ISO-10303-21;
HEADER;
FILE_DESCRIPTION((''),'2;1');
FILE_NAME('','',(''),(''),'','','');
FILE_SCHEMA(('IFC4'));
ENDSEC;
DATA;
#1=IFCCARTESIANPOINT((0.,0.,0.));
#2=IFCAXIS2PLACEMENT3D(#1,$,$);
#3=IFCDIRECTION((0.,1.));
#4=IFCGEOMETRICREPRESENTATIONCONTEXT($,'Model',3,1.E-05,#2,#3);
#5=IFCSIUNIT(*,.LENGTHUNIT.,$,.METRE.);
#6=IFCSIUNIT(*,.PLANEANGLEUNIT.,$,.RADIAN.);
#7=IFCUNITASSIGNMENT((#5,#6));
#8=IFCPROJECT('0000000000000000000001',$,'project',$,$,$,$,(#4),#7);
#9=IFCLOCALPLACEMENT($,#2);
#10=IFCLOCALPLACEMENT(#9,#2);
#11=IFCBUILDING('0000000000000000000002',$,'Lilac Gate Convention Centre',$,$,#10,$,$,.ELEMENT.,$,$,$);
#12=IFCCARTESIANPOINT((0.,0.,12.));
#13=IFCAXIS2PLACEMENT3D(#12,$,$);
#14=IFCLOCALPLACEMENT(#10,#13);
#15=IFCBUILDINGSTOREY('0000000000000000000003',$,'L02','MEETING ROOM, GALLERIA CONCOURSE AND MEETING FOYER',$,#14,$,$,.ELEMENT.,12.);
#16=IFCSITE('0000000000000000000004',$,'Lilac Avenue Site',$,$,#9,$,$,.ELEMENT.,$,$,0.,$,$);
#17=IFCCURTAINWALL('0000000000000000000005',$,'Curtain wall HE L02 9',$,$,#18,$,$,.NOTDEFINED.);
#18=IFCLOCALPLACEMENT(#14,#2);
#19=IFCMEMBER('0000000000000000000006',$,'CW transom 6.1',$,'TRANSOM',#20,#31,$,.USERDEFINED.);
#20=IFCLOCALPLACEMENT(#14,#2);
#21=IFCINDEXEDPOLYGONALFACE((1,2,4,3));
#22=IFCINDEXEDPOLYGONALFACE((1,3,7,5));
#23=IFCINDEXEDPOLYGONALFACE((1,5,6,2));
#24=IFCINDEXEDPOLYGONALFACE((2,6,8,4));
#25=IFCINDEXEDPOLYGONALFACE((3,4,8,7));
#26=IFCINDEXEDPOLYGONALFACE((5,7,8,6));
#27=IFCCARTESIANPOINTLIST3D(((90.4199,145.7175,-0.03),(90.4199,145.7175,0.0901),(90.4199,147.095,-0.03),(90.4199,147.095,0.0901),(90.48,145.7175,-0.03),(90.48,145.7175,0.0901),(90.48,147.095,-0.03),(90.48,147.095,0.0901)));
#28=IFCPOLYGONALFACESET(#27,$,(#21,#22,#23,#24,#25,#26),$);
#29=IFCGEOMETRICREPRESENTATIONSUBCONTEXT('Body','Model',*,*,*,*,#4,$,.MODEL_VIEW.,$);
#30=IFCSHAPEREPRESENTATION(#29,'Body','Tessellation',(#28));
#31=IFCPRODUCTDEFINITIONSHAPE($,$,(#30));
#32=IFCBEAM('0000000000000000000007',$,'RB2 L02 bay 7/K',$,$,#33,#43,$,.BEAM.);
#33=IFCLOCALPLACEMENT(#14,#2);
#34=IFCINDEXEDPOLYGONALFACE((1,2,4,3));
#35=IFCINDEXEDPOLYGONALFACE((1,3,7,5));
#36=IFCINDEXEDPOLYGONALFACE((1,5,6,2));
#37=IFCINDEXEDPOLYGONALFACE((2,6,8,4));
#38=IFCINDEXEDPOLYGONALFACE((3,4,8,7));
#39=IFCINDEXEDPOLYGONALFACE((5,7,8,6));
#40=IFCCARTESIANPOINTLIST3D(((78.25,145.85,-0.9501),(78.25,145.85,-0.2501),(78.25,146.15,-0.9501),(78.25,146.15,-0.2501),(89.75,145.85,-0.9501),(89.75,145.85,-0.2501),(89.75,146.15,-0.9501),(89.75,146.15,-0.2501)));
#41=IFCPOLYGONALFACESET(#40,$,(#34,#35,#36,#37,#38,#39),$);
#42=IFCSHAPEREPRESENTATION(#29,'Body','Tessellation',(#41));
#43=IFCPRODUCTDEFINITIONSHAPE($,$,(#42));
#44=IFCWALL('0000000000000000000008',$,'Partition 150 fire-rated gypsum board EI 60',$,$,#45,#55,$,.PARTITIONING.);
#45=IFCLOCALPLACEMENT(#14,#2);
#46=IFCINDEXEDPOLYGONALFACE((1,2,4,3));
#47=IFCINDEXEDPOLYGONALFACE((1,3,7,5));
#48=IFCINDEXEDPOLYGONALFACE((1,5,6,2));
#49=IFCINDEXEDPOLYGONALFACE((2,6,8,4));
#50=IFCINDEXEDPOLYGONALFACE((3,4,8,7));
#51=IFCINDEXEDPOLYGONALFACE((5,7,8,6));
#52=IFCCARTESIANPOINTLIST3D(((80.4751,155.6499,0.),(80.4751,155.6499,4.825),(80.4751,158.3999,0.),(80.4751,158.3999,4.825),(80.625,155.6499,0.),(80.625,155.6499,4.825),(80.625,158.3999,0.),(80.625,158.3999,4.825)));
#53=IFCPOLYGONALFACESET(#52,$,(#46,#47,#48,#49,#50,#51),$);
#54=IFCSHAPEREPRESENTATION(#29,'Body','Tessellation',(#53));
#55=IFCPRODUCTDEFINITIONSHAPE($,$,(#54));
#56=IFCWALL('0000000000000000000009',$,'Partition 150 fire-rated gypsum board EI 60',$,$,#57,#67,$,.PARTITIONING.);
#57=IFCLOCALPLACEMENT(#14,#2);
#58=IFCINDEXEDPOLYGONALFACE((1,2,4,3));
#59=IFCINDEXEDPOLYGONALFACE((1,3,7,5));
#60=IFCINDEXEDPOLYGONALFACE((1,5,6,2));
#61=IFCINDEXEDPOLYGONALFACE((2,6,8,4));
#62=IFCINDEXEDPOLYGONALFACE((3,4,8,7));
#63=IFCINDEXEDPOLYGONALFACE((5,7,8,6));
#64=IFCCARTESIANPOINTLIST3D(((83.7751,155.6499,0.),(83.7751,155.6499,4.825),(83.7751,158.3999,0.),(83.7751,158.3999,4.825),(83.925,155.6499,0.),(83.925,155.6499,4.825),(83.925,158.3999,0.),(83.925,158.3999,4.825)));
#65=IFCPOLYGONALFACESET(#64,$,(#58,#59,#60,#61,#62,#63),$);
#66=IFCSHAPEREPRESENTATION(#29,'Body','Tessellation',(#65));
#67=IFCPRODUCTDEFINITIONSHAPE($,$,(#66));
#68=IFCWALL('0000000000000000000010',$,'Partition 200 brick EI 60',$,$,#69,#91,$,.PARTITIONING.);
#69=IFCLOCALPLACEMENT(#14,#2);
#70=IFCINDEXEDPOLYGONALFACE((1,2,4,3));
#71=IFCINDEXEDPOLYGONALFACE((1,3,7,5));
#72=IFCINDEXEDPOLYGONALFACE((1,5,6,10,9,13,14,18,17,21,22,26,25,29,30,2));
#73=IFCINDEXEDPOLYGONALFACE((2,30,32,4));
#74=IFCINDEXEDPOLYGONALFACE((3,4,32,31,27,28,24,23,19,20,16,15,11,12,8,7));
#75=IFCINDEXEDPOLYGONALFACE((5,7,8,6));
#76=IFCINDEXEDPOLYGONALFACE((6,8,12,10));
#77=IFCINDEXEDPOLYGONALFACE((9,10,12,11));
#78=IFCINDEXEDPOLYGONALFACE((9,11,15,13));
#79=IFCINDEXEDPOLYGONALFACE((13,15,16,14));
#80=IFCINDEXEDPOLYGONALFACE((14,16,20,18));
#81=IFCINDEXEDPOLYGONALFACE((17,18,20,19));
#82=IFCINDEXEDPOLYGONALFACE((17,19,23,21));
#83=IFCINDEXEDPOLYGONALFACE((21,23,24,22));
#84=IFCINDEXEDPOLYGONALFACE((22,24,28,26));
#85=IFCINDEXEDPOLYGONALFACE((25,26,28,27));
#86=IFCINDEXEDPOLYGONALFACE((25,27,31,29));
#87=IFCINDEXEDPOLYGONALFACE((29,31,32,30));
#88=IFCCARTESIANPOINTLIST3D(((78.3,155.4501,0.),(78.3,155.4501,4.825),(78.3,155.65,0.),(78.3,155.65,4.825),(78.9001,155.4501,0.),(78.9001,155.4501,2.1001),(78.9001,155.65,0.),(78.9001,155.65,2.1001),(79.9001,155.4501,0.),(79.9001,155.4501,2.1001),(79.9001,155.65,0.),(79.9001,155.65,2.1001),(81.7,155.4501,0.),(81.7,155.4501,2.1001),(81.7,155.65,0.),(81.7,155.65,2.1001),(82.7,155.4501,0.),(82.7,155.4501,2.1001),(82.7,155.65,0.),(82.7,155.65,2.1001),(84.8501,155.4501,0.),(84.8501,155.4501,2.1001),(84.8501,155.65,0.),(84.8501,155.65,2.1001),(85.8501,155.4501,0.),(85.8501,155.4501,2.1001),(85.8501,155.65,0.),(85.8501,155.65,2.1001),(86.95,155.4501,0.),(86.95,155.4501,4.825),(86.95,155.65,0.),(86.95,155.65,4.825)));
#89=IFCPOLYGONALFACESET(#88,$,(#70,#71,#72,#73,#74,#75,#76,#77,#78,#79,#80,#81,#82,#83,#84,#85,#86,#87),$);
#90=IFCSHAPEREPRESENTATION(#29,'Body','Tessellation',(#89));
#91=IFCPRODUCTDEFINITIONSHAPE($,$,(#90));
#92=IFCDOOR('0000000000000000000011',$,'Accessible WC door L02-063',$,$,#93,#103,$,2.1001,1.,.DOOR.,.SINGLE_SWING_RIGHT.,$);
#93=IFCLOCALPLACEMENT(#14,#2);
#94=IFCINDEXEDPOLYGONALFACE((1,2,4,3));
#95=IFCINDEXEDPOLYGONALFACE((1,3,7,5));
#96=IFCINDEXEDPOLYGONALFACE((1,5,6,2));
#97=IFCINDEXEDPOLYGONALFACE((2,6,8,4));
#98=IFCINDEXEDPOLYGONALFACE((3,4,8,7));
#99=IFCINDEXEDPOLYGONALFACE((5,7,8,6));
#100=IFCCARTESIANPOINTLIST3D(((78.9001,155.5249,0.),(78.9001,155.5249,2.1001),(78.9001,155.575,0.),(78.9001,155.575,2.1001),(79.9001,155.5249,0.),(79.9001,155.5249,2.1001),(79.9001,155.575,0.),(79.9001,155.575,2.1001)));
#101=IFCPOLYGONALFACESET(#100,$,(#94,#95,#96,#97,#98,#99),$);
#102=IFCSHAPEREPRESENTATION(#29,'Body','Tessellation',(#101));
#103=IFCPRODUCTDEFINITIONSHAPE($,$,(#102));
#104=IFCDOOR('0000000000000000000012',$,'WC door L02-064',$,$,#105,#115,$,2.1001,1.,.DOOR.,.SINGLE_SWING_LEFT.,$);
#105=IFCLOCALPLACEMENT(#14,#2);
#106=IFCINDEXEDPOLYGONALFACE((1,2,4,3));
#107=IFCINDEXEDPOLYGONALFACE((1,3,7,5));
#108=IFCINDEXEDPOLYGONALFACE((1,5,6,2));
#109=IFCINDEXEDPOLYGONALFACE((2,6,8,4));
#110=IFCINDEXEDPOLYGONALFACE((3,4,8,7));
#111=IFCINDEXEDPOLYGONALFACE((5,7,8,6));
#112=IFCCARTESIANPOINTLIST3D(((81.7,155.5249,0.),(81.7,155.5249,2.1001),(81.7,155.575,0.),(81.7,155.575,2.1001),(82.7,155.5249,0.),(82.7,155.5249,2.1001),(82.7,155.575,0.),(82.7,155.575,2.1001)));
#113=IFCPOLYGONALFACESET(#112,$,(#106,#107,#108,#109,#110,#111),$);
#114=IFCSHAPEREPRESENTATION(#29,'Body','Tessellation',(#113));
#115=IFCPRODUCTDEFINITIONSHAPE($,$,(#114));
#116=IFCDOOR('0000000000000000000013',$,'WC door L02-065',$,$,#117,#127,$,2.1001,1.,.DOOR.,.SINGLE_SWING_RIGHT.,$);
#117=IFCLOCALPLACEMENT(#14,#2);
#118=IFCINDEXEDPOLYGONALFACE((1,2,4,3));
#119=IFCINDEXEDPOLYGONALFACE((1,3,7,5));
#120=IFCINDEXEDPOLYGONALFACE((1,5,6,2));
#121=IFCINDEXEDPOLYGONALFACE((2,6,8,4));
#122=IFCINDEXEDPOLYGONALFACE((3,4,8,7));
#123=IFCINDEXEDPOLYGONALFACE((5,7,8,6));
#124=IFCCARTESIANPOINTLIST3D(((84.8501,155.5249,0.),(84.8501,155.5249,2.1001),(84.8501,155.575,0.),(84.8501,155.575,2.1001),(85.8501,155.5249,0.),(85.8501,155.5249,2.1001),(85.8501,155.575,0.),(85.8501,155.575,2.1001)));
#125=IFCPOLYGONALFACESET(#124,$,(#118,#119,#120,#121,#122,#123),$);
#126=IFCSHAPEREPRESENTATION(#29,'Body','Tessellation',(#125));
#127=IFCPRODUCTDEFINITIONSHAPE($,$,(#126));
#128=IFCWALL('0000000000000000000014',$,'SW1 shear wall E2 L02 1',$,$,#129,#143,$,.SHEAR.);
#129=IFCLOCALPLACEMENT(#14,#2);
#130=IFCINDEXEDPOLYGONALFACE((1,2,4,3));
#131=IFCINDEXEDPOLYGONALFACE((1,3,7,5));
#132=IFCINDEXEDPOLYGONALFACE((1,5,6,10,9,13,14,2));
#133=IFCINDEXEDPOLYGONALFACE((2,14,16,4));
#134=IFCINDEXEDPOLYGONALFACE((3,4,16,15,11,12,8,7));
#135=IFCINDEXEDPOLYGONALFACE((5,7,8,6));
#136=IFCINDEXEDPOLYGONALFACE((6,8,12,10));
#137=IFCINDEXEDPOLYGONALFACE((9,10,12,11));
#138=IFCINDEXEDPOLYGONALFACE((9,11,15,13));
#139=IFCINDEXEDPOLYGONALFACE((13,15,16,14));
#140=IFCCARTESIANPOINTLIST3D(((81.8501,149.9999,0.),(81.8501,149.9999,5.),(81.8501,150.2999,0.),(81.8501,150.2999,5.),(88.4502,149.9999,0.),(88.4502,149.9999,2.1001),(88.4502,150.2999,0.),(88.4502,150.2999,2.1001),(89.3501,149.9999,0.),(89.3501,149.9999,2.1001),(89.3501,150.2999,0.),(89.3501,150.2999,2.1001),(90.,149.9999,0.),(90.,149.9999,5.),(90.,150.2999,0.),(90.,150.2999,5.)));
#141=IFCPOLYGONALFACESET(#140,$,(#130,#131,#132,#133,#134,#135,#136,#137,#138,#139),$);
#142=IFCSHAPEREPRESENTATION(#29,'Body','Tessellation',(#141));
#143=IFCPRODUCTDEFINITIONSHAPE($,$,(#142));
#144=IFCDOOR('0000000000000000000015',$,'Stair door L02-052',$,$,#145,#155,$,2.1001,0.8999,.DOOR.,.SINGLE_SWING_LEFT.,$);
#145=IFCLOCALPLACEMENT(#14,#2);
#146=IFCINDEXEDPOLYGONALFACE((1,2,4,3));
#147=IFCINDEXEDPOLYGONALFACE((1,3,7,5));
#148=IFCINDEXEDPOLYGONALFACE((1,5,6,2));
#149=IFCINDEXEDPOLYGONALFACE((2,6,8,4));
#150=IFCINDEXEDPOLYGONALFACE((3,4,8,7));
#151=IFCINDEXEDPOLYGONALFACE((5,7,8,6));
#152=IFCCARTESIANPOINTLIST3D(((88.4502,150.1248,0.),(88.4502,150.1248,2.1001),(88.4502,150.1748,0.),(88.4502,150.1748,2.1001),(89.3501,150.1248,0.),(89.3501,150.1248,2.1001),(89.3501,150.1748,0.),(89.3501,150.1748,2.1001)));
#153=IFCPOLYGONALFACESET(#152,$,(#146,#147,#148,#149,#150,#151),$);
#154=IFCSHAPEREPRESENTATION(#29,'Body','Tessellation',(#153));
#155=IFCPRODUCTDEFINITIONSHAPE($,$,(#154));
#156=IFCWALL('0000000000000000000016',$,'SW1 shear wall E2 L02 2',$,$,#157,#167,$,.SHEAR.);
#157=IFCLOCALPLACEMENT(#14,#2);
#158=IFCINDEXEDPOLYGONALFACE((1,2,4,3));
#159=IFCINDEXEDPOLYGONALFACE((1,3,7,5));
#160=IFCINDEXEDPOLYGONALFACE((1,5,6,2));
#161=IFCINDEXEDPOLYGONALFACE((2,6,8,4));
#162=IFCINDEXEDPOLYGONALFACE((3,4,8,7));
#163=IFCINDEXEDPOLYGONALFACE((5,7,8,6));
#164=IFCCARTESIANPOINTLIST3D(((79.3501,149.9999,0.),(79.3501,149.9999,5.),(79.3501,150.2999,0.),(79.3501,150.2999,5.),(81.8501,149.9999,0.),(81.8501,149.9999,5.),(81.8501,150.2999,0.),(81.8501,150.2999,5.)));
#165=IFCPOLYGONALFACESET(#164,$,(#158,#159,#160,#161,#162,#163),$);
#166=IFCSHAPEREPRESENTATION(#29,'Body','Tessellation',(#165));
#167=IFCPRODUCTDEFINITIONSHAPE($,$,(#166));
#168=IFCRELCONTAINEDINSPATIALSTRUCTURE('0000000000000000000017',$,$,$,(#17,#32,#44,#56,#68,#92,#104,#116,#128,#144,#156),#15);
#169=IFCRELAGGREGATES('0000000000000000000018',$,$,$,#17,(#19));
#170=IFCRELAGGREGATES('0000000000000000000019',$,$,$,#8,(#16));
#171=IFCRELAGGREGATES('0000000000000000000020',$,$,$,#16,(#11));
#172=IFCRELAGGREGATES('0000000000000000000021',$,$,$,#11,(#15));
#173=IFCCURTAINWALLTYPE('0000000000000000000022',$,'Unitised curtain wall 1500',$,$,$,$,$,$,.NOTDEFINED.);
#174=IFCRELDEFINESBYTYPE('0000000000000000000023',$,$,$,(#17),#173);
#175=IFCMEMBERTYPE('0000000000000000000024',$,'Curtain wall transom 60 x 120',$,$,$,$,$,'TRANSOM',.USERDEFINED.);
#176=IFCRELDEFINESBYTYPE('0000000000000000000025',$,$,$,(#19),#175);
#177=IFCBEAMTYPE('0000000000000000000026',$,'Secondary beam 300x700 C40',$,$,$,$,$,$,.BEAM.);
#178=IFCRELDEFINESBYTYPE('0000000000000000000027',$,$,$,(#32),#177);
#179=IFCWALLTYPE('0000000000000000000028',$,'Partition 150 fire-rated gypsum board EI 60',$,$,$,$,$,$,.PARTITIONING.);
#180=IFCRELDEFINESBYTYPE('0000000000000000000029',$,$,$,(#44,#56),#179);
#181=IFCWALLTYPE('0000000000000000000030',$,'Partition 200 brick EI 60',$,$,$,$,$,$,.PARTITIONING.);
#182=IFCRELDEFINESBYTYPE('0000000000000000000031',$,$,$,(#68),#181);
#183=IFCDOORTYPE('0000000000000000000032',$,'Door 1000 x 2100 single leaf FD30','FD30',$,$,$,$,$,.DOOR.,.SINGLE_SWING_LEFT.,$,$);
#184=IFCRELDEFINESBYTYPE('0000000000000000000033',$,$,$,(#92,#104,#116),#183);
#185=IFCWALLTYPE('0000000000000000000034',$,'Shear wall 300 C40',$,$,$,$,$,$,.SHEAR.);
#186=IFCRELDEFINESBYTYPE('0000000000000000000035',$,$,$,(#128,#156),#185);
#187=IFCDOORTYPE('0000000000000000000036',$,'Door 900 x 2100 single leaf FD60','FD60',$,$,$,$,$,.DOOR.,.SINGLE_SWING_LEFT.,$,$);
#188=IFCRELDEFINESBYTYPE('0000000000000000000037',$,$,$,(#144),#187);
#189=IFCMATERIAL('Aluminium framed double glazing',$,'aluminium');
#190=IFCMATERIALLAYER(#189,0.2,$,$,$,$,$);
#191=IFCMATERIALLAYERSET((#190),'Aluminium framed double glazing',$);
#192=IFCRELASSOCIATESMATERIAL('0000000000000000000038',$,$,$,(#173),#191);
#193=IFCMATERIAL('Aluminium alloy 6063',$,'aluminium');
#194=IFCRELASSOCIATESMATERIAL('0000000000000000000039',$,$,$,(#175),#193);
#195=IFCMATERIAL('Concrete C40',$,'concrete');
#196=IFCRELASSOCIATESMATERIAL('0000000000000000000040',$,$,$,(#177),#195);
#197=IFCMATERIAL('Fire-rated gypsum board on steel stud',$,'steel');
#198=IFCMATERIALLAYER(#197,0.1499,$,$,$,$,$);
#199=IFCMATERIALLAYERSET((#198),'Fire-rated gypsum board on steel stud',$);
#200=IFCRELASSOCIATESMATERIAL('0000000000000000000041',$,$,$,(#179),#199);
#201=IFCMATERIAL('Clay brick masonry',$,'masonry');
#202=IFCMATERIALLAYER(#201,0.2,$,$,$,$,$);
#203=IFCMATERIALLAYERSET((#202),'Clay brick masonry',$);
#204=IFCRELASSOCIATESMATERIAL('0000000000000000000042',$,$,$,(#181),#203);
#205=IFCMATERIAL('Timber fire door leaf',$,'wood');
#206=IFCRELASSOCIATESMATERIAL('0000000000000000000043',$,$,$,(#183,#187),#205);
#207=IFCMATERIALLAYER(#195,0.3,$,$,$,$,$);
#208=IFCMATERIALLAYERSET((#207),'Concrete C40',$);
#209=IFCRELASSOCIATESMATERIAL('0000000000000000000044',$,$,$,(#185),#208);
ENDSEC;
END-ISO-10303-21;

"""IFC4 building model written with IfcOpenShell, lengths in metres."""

from ifc_helpers import new_model, si_unit, direction, frame, frame_2d, origin, origin_2d, place, context, subcontext, project, spatial, rectangle, extrude, material, layer, layer_set, material_profile, profile_set, type_object, element, fill, aggregate, save


model = new_model("IFC4")

# Units and contexts
model_context = context("Model", 3, precision=1e-05, world=origin(), true_north=direction((0.0, 1.0)))
body_context = subcontext(model_context, "Body", "Model", "MODEL_VIEW")
ifc_project = project(units=[si_unit("LENGTHUNIT", "METRE"), si_unit("PLANEANGLEUNIT", "RADIAN")], contexts=[model_context])

# Site, building, storey
site_placement = place(None, origin())
site = spatial("IfcSite", under=ifc_project, at=site_placement, Name="Lilac Avenue Site", CompositionType="ELEMENT", RefElevation=0.0)
building_placement = place(site_placement, origin())
building = spatial("IfcBuilding", under=site, at=building_placement, Name="Lilac Gate Convention Centre", CompositionType="ELEMENT")
storey_placement = place(building_placement, frame((0.0, 0.0, 12.0)))
storey = spatial("IfcBuildingStorey", under=building, at=storey_placement, Name="L02", Description="MEETING ROOM, GALLERIA CONCOURSE AND MEETING FOYER", CompositionType="ELEMENT", Elevation=12.0)

# Curtain wall, member
ifc_material_1 = material(Name="Aluminium framed double glazing", Category="aluminium")
ifc_layer_1 = layer(ifc_material_1, 0.2)
ifc_layer_set_1 = layer_set([ifc_layer_1], Name="Aluminium framed double glazing")
curtain_wall_type = type_object("IfcCurtainWallType", Name="Unitised curtain wall 1500", PredefinedType="NOTDEFINED", material=ifc_layer_set_1)
curtain_wall_placement = place(storey_placement, origin())
curtain_wall = element("IfcCurtainWall", 1, at=curtain_wall_placement, inside=storey, type_object=curtain_wall_type, Name="Curtain wall HE L02 9", PredefinedType="NOTDEFINED")
ifc_material_2 = material(Name="Aluminium alloy 6063", Category="aluminium")
ifc_material_profile_1 = material_profile(ifc_material_2, rectangle(XDim=0.0601, YDim=0.1201, at=origin_2d()), Name="Curtain wall transom 60 x 120")
ifc_profile_set_1 = profile_set([ifc_material_profile_1], Name="Aluminium alloy 6063")
member_type = type_object("IfcMemberType", Name="Curtain wall transom 60 x 120", ElementType="TRANSOM", PredefinedType="USERDEFINED", material=ifc_profile_set_1)
member_placement = place(storey_placement, frame((90.45, 145.7175, 0.03), z_axis=(0.0, 1.0, 0.0), x_axis=(-1.0, 0.0, 0.0)))
member = element("IfcMember", 2, at=member_placement, type_object=member_type, Name="CW transom 6.1", ObjectType="TRANSOM", PredefinedType="USERDEFINED", context=body_context, shape_type="SweptSolid", body=[
    extrude(rectangle(XDim=0.0601, YDim=0.1201, at=origin_2d()), origin(), (0.0, 0.0, 1.0), 1.3774),
])
aggregate(curtain_wall, [member])

# Beam
ifc_material_3 = material(Name="Concrete C40", Category="concrete")
ifc_material_profile_2 = material_profile(ifc_material_3, rectangle(XDim=0.3, YDim=0.7, at=origin_2d()), Name="RC 300x700")
ifc_profile_set_2 = profile_set([ifc_material_profile_2], Name="Concrete C40")
beam_type = type_object("IfcBeamType", Name="Secondary beam 300x700 C40", PredefinedType="BEAM", material=ifc_profile_set_2)
beam_placement = place(storey_placement, frame((78.25, 146.0, -0.6001), z_axis=(1.0, 0.0, 0.0), x_axis=(0.0, 1.0, 0.0)))
element("IfcBeam", 3, at=beam_placement, inside=storey, type_object=beam_type, Name="RB2 L02 bay 7/K", PredefinedType="BEAM", context=body_context, shape_type="SweptSolid", body=[
    extrude(rectangle(XDim=0.3, YDim=0.7, at=origin_2d()), origin(), (0.0, 0.0, 1.0), 11.5),
])

# Walls
ifc_material_4 = material(Name="Fire-rated gypsum board on steel stud", Category="steel")
ifc_layer_2 = layer(ifc_material_4, 0.1499)
ifc_layer_set_2 = layer_set([ifc_layer_2], Name="Fire-rated gypsum board on steel stud")
wall_type_1 = type_object("IfcWallType", Name="Partition 150 fire-rated gypsum board EI 60", PredefinedType="PARTITIONING", material=ifc_layer_set_2)
for number, where, z_axis, x_axis, name in (
    (4, (80.55, 155.6499, 0.0), (0.0, 0.0, 1.0), (0.0, 1.0, 0.0), "Partition 150 fire-rated gypsum board EI 60"),
    (5, (83.8501, 155.6499, 0.0), (0.0, 0.0, 1.0), (0.0, 1.0, 0.0), "Partition 150 fire-rated gypsum board EI 60"),
):
    element("IfcWall", number, at=place(storey_placement, frame(where, z_axis=z_axis, x_axis=x_axis)), inside=storey, type_object=wall_type_1, Name=name, PredefinedType="PARTITIONING", context=body_context, shape_type="SweptSolid", body=[
        extrude(rectangle(XDim=2.75, YDim=0.1499, at=frame_2d((1.375, 0.0))), origin(), (0.0, 0.0, 1.0), 4.825),
    ])

# Wall, openings, doors
ifc_material_5 = material(Name="Clay brick masonry", Category="masonry")
ifc_layer_3 = layer(ifc_material_5, 0.2)
ifc_layer_set_3 = layer_set([ifc_layer_3], Name="Clay brick masonry")
wall_type_2 = type_object("IfcWallType", Name="Partition 200 brick EI 60", PredefinedType="PARTITIONING", material=ifc_layer_set_3)
wall_1_placement = place(storey_placement, frame((78.3, 155.55, 0.0), z_axis=(0.0, 0.0, 1.0), x_axis=(1.0, 0.0, 0.0)))
wall_1 = element("IfcWall", 6, at=wall_1_placement, inside=storey, type_object=wall_type_2, Name="Partition 200 brick EI 60", PredefinedType="PARTITIONING", context=body_context, shape_type="SweptSolid", body=[
    extrude(rectangle(XDim=8.6499, YDim=0.2, at=frame_2d((4.325, 0.0))), origin(), (0.0, 0.0, 1.0), 4.825),
])
opening_1_placement = place(wall_1_placement, frame((0.6001, 0.0, 0.0)))
opening_1 = element("IfcOpeningElement", 7, at=opening_1_placement, cuts=wall_1, PredefinedType="OPENING", context=body_context, shape_type="SweptSolid", body=[
    extrude(rectangle(XDim=1.0, YDim=2.1001, at=frame_2d((0.5, 1.05))), frame((0.0, 0.1099, 0.0), z_axis=(0.0, -1.0, 0.0), x_axis=(1.0, 0.0, 0.0)), (0.0, 0.0, 1.0), 0.22),
])
opening_2_placement = place(wall_1_placement, frame((3.3999, 0.0, 0.0)))
opening_2 = element("IfcOpeningElement", 8, at=opening_2_placement, cuts=wall_1, PredefinedType="OPENING", context=body_context, shape_type="SweptSolid", body=[
    extrude(rectangle(XDim=1.0, YDim=2.1001, at=frame_2d((0.5, 1.05))), frame((0.0, 0.1099, 0.0), z_axis=(0.0, -1.0, 0.0), x_axis=(1.0, 0.0, 0.0)), (0.0, 0.0, 1.0), 0.22),
])
opening_3_placement = place(wall_1_placement, frame((6.55, 0.0, 0.0)))
opening_3 = element("IfcOpeningElement", 9, at=opening_3_placement, cuts=wall_1, PredefinedType="OPENING", context=body_context, shape_type="SweptSolid", body=[
    extrude(rectangle(XDim=1.0, YDim=2.1001, at=frame_2d((0.5, 1.05))), frame((0.0, 0.1099, 0.0), z_axis=(0.0, -1.0, 0.0), x_axis=(1.0, 0.0, 0.0)), (0.0, 0.0, 1.0), 0.22),
])
ifc_material_6 = material(Name="Timber fire door leaf", Category="wood")
door_type_1 = type_object("IfcDoorType", Name="Door 1000 x 2100 single leaf FD30", Description="FD30", OperationType="SINGLE_SWING_LEFT", PredefinedType="DOOR", material=ifc_material_6)
door_1_placement = place(opening_1_placement, origin())
door_1 = element("IfcDoor", 10, at=door_1_placement, inside=storey, type_object=door_type_1, Name="Accessible WC door L02-063", OperationType="SINGLE_SWING_RIGHT", OverallHeight=2.1001, OverallWidth=1.0, PredefinedType="DOOR", context=body_context, shape_type="SweptSolid", body=[
    extrude(rectangle(XDim=1.0, YDim=2.1001, at=frame_2d((0.5, 1.05))), frame((0.0, 0.0249, 0.0), z_axis=(0.0, -1.0, 0.0), x_axis=(1.0, 0.0, 0.0)), (0.0, 0.0, 1.0), 0.05),
])
fill(opening_1, door_1)
door_2_placement = place(opening_2_placement, origin())
door_2 = element("IfcDoor", 11, at=door_2_placement, inside=storey, type_object=door_type_1, Name="WC door L02-064", OperationType="SINGLE_SWING_LEFT", OverallHeight=2.1001, OverallWidth=1.0, PredefinedType="DOOR", context=body_context, shape_type="SweptSolid", body=[
    extrude(rectangle(XDim=1.0, YDim=2.1001, at=frame_2d((0.5, 1.05))), frame((0.0, 0.0249, 0.0), z_axis=(0.0, -1.0, 0.0), x_axis=(1.0, 0.0, 0.0)), (0.0, 0.0, 1.0), 0.05),
])
fill(opening_2, door_2)
door_3_placement = place(opening_3_placement, origin())
door_3 = element("IfcDoor", 12, at=door_3_placement, inside=storey, type_object=door_type_1, Name="WC door L02-065", OperationType="SINGLE_SWING_RIGHT", OverallHeight=2.1001, OverallWidth=1.0, PredefinedType="DOOR", context=body_context, shape_type="SweptSolid", body=[
    extrude(rectangle(XDim=1.0, YDim=2.1001, at=frame_2d((0.5, 1.05))), frame((0.0, 0.0249, 0.0), z_axis=(0.0, -1.0, 0.0), x_axis=(1.0, 0.0, 0.0)), (0.0, 0.0, 1.0), 0.05),
])
fill(opening_3, door_3)

# Wall, opening, door
ifc_layer_4 = layer(ifc_material_3, 0.3)
ifc_layer_set_4 = layer_set([ifc_layer_4], Name="Concrete C40")
wall_type_3 = type_object("IfcWallType", Name="Shear wall 300 C40", PredefinedType="SHEAR", material=ifc_layer_set_4)
wall_2_placement = place(storey_placement, frame((90.0, 150.1499, 0.0), z_axis=(0.0, 0.0, 1.0), x_axis=(-1.0, 0.0, 0.0)))
wall_2 = element("IfcWall", 13, at=wall_2_placement, inside=storey, type_object=wall_type_3, Name="SW1 shear wall E2 L02 1", PredefinedType="SHEAR", context=body_context, shape_type="SweptSolid", body=[
    extrude(rectangle(XDim=8.1499, YDim=0.3, at=frame_2d((4.075, 0.0))), origin(), (0.0, 0.0, 1.0), 5.0),
])
opening_4_placement = place(wall_2_placement, frame((0.6499, 0.0, 0.0)))
opening_4 = element("IfcOpeningElement", 14, at=opening_4_placement, cuts=wall_2, PredefinedType="OPENING", context=body_context, shape_type="SweptSolid", body=[
    extrude(rectangle(XDim=0.8999, YDim=2.1001, at=frame_2d((0.45, 1.05))), frame((0.0, 0.1599, 0.0), z_axis=(0.0, -1.0, 0.0), x_axis=(1.0, 0.0, 0.0)), (0.0, 0.0, 1.0), 0.3201),
])
door_type_2 = type_object("IfcDoorType", Name="Door 900 x 2100 single leaf FD60", Description="FD60", OperationType="SINGLE_SWING_LEFT", PredefinedType="DOOR", material=ifc_material_6)
door_4_placement = place(opening_4_placement, frame((0.8999, 0.0, 0.0), z_axis=(0.0, 0.0, 1.0), x_axis=(-1.0, 0.0, 0.0)))
door_4 = element("IfcDoor", 15, at=door_4_placement, inside=storey, type_object=door_type_2, Name="Stair door L02-052", OperationType="SINGLE_SWING_LEFT", OverallHeight=2.1001, OverallWidth=0.8999, PredefinedType="DOOR", context=body_context, shape_type="SweptSolid", body=[
    extrude(rectangle(XDim=0.8999, YDim=2.1001, at=frame_2d((0.45, 1.05))), frame((0.0, 0.0249, 0.0), z_axis=(0.0, -1.0, 0.0), x_axis=(1.0, 0.0, 0.0)), (0.0, 0.0, 1.0), 0.05),
])
fill(opening_4, door_4)

# Wall
wall_3_placement = place(storey_placement, frame((81.8501, 150.1499, 0.0), z_axis=(0.0, 0.0, 1.0), x_axis=(-1.0, 0.0, 0.0)))
element("IfcWall", 16, at=wall_3_placement, inside=storey, type_object=wall_type_3, Name="SW1 shear wall E2 L02 2", PredefinedType="SHEAR", context=body_context, shape_type="SweptSolid", body=[
    extrude(rectangle(XDim=2.5, YDim=0.3, at=frame_2d((1.25, 0.0))), origin(), (0.0, 0.0, 1.0), 5.0),
])

save(model, "model.ifc")
